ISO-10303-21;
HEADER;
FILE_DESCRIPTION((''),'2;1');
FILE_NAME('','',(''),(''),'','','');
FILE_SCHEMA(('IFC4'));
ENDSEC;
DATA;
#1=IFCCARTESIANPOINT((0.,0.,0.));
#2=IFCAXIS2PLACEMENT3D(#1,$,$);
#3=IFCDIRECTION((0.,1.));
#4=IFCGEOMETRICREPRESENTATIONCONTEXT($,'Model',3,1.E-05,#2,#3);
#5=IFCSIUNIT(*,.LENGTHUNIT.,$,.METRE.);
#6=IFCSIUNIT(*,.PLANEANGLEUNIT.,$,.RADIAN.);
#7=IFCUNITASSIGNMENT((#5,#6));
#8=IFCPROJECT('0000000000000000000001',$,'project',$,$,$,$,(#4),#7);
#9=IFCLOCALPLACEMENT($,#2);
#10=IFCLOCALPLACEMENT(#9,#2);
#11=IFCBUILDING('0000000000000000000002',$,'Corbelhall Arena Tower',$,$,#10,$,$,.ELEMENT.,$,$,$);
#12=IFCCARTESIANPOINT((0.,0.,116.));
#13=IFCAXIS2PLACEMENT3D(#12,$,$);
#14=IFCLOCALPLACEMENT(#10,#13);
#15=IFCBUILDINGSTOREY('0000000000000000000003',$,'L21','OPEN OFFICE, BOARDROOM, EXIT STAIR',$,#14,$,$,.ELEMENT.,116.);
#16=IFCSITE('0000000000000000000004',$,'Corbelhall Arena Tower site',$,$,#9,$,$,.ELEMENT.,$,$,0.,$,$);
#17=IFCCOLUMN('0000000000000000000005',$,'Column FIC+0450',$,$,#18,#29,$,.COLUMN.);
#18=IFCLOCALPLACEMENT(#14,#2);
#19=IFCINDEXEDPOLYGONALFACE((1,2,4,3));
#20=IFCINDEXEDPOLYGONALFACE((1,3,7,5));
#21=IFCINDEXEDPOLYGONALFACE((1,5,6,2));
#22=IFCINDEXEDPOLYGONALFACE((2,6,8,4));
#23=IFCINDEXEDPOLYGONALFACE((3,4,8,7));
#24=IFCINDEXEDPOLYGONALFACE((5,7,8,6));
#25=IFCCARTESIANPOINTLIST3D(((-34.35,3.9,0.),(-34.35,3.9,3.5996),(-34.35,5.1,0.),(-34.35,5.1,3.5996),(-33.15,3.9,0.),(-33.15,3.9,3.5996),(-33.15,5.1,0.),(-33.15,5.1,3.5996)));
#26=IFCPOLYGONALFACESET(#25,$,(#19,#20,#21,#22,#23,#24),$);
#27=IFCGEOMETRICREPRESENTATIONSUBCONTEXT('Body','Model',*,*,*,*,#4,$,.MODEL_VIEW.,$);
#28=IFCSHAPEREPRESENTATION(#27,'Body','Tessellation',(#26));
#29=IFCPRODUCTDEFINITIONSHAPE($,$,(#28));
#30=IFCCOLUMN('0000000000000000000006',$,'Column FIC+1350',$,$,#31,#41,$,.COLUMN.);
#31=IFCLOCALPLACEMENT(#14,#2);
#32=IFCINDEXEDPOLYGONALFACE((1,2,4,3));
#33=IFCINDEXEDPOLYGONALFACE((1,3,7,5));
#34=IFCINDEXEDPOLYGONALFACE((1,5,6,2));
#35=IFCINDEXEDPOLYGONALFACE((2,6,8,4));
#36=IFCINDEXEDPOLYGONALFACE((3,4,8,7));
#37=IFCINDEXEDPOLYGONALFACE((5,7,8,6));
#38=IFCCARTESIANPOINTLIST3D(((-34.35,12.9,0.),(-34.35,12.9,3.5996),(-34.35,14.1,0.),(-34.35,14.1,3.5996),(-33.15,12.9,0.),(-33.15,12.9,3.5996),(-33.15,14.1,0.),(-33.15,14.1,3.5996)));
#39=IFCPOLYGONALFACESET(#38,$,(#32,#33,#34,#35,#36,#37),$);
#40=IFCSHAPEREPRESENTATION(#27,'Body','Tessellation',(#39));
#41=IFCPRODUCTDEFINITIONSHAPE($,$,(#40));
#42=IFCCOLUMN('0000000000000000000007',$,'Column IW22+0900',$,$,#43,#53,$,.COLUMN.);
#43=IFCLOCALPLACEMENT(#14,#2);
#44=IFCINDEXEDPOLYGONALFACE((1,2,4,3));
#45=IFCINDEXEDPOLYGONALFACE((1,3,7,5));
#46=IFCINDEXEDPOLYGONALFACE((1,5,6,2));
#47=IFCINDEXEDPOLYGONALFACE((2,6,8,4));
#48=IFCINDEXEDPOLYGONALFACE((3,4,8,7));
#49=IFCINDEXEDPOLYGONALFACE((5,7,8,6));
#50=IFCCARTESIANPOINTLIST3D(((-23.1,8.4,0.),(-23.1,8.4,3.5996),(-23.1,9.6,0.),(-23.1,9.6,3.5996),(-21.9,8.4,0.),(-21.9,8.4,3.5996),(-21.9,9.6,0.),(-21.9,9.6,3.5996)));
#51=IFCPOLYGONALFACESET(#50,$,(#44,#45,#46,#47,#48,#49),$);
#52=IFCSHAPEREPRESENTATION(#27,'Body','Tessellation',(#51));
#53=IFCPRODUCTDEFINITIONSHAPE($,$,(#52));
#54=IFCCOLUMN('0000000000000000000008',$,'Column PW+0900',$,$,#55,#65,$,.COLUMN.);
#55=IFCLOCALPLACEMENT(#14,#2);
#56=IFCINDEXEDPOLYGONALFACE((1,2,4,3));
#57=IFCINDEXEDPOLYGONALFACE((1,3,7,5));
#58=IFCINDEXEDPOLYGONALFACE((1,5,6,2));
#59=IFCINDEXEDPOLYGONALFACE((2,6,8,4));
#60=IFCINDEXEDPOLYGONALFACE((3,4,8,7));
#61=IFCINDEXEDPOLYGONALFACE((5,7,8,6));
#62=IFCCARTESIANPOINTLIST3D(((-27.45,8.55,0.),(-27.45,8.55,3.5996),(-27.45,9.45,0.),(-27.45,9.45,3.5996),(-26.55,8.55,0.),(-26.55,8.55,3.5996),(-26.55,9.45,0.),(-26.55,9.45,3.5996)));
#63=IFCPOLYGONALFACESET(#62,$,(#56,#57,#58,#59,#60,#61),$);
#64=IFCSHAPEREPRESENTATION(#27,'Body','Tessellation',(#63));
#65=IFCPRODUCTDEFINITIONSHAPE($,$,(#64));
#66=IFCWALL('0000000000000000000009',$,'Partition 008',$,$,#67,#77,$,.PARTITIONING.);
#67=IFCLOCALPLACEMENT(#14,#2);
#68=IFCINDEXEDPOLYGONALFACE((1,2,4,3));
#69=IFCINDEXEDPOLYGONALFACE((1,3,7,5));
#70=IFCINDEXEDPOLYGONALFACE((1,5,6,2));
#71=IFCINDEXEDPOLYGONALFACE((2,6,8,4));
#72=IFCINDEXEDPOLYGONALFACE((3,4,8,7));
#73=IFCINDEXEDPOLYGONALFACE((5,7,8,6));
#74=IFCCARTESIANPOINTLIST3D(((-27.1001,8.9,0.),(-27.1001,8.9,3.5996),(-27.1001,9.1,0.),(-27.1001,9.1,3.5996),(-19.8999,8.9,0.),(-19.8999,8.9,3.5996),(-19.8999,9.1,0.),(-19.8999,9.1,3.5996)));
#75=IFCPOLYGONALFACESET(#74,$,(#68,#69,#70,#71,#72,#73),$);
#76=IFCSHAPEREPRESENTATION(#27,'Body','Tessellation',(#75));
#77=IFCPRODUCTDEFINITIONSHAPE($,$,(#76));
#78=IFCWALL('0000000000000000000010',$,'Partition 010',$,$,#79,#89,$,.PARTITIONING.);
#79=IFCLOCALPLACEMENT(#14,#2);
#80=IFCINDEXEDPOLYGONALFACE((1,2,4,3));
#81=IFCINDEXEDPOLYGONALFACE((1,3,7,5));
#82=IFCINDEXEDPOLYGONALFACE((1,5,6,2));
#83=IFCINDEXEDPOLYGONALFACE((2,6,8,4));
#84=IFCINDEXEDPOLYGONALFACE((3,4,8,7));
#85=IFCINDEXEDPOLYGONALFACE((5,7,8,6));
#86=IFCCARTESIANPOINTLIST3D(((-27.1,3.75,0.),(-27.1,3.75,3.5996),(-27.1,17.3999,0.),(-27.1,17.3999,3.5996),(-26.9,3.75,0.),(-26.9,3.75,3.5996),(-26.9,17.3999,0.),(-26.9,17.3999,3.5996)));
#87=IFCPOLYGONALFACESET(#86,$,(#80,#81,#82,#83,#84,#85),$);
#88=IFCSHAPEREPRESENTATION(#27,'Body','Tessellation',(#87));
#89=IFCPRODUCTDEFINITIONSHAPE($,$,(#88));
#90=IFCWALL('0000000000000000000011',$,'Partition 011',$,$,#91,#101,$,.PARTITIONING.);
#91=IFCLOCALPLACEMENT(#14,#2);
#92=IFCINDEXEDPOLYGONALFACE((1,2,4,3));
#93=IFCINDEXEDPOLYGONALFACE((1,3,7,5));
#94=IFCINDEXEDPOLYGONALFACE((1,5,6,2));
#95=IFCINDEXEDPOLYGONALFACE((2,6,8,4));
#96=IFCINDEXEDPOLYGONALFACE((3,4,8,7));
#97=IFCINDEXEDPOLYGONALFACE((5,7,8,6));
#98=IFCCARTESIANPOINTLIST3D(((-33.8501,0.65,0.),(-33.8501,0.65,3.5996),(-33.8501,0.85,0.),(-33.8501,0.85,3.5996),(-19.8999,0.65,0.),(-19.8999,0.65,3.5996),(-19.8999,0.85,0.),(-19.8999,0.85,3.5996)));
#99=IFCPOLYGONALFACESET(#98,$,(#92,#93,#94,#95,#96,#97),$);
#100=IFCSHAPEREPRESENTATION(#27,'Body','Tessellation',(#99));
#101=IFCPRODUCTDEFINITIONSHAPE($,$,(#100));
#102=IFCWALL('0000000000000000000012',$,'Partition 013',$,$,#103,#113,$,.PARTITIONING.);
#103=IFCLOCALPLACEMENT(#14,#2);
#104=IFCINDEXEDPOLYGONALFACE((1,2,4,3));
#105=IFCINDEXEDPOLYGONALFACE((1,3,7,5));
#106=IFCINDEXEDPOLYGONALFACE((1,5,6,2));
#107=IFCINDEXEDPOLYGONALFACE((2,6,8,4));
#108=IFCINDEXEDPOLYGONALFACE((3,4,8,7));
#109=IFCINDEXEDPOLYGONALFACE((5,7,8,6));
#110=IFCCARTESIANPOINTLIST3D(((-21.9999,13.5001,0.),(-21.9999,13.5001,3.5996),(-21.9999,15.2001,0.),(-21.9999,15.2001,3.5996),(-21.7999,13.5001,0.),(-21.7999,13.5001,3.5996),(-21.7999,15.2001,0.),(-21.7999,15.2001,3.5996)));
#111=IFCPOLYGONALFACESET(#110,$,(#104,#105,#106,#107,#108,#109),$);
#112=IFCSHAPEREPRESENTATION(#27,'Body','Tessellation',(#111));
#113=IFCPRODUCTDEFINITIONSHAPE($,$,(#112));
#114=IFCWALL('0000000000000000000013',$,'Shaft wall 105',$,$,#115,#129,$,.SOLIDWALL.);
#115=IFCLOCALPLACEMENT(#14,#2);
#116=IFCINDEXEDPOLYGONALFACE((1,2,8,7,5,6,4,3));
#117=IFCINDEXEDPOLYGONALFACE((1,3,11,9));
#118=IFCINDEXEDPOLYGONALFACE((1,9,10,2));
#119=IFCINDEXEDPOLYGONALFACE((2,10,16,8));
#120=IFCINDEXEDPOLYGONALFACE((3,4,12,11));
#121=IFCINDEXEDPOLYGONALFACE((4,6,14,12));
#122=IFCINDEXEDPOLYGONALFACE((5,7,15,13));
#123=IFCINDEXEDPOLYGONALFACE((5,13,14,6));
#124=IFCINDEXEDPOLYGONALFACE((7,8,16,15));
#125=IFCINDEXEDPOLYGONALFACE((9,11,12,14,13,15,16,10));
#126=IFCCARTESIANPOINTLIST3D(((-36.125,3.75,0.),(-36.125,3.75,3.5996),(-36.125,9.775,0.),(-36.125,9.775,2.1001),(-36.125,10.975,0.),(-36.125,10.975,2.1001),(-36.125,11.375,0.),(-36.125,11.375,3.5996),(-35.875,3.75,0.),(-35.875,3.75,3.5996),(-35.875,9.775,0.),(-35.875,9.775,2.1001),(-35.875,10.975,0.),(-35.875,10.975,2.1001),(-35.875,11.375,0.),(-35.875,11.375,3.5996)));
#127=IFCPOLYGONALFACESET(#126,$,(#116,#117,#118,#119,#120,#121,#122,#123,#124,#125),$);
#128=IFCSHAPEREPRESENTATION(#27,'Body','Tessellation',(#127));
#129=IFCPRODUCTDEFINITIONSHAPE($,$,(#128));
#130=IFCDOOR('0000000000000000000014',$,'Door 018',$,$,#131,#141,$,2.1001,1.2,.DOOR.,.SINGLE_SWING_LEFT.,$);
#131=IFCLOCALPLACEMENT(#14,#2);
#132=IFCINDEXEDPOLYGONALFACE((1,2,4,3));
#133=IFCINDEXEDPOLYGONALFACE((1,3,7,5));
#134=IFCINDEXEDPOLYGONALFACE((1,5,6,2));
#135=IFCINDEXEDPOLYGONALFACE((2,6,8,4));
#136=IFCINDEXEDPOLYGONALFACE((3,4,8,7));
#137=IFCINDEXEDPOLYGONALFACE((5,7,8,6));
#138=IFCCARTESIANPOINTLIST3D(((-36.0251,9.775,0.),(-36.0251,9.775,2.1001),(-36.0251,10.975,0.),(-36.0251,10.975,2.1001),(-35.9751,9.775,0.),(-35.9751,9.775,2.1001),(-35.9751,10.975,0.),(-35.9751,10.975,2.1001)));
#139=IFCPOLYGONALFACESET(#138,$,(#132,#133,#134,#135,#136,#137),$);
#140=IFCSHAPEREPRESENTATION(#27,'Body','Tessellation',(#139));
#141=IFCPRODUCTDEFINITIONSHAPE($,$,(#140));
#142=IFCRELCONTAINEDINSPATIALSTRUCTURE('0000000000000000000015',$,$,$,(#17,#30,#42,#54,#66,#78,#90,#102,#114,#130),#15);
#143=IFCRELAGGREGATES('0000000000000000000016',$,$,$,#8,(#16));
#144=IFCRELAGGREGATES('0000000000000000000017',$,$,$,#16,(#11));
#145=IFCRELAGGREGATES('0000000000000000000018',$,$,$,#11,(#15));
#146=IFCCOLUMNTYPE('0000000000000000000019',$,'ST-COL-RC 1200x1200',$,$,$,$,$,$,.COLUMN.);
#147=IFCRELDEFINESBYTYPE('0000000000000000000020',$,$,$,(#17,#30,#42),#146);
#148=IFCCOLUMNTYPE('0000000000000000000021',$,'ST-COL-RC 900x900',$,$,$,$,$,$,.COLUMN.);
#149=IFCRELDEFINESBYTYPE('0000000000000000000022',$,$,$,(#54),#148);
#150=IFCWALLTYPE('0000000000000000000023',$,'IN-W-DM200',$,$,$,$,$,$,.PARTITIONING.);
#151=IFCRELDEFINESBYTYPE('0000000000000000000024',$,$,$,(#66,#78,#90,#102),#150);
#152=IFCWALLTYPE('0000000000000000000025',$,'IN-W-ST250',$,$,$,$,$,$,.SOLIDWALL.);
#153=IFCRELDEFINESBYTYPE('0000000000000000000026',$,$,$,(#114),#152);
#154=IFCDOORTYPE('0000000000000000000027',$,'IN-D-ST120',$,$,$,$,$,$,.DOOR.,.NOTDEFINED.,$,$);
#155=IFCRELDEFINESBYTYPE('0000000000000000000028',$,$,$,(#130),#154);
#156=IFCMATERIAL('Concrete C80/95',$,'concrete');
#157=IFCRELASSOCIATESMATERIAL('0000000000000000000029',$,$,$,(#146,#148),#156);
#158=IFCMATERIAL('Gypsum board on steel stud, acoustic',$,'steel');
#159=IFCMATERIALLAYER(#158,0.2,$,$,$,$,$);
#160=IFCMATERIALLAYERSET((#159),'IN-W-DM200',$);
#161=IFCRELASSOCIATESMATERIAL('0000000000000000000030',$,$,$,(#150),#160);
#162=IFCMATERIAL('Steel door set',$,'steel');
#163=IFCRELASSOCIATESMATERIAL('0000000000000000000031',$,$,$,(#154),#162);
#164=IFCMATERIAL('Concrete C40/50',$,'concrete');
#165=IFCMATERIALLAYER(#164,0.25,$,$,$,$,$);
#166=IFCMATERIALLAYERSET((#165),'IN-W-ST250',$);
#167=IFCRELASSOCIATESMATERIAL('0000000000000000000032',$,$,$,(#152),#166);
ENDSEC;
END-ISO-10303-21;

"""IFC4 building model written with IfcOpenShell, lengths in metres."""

from ifc_helpers import new_model, si_unit, direction, frame, frame_2d, origin, origin_2d, place, context, subcontext, project, spatial, rectangle, extrude, material, layer, layer_set, material_profile, profile_set, type_object, element, fill, save


model = new_model("IFC4")

# Units and contexts
model_context = context("Model", 3, precision=1e-05, world=origin(), true_north=direction((0.0, 1.0)))
body_context = subcontext(model_context, "Body", "Model", "MODEL_VIEW")
ifc_project = project(units=[si_unit("LENGTHUNIT", "METRE"), si_unit("PLANEANGLEUNIT", "RADIAN")], contexts=[model_context])

# Site, building, storey
site_placement = place(None, origin())
site = spatial("IfcSite", under=ifc_project, at=site_placement, Name="Corbelhall Arena Tower site", CompositionType="ELEMENT", RefElevation=0.0)
building_placement = place(site_placement, origin())
building = spatial("IfcBuilding", under=site, at=building_placement, Name="Corbelhall Arena Tower", CompositionType="ELEMENT")
storey_placement = place(building_placement, frame((0.0, 0.0, 116.0)))
storey = spatial("IfcBuildingStorey", under=building, at=storey_placement, Name="L21", Description="OPEN OFFICE, BOARDROOM, EXIT STAIR", CompositionType="ELEMENT", Elevation=116.0)

# Columns
ifc_material_1 = material(Name="Concrete C80/95", Category="concrete")
ifc_material_profile_1 = material_profile(ifc_material_1, rectangle(XDim=1.2, YDim=1.2, at=origin_2d()))
ifc_profile_set_1 = profile_set([ifc_material_profile_1], Name="Concrete C80/95")
column_type_1 = type_object("IfcColumnType", Name="ST-COL-RC 1200x1200", PredefinedType="COLUMN", material=ifc_profile_set_1)
for number, where, z_axis, x_axis, name in (
    (1, (-33.75, 4.5, 0.0), (0.0, 0.0, 1.0), (1.0, 0.0, 0.0), "Column FIC+0450"),
    (2, (-33.75, 13.5, 0.0), (0.0, 0.0, 1.0), (1.0, 0.0, 0.0), "Column FIC+1350"),
    (3, (-22.5, 9.0, 0.0), (0.0, 0.0, 1.0), (1.0, 0.0, 0.0), "Column IW22+0900"),
):
    element("IfcColumn", number, at=place(storey_placement, frame(where, z_axis=z_axis, x_axis=x_axis)), inside=storey, type_object=column_type_1, Name=name, PredefinedType="COLUMN", context=body_context, shape_type="SweptSolid", body=[
        extrude(rectangle(XDim=1.2, YDim=1.2, at=origin_2d()), origin(), (0.0, 0.0, 1.0), 3.5996),
    ])
ifc_material_profile_2 = material_profile(ifc_material_1, rectangle(XDim=0.8999, YDim=0.8999, at=origin_2d()))
ifc_profile_set_2 = profile_set([ifc_material_profile_2], Name="Concrete C80/95")
column_type_2 = type_object("IfcColumnType", Name="ST-COL-RC 900x900", PredefinedType="COLUMN", material=ifc_profile_set_2)
column_placement = place(storey_placement, frame((-27.0, 9.0, 0.0), z_axis=(0.0, 0.0, 1.0), x_axis=(1.0, 0.0, 0.0)))
element("IfcColumn", 4, at=column_placement, inside=storey, type_object=column_type_2, Name="Column PW+0900", PredefinedType="COLUMN", context=body_context, shape_type="SweptSolid", body=[
    extrude(rectangle(XDim=0.8999, YDim=0.8999, at=origin_2d()), origin(), (0.0, 0.0, 1.0), 3.5996),
])

# Shared definitions
ifc_material_2 = material(Name="Gypsum board on steel stud, acoustic", Category="steel")
ifc_layer_1 = layer(ifc_material_2, 0.2)
ifc_layer_set_1 = layer_set([ifc_layer_1], Name="IN-W-DM200")
wall_type_1 = type_object("IfcWallType", Name="IN-W-DM200", PredefinedType="PARTITIONING", material=ifc_layer_set_1)
ifc_material_3 = material(Name="Steel door set", Category="steel")

# Walls
wall_1_placement = place(storey_placement, frame((-27.1001, 9.0, 0.0), z_axis=(0.0, 0.0, 1.0), x_axis=(1.0, 0.0, 0.0)))
element("IfcWall", 5, at=wall_1_placement, inside=storey, type_object=wall_type_1, Name="Partition 008", PredefinedType="PARTITIONING", context=body_context, shape_type="SweptSolid", body=[
    extrude(rectangle(XDim=7.2002, YDim=0.2, at=frame_2d((3.6001, 0.0))), origin(), (0.0, 0.0, 1.0), 3.5996),
])
wall_2_placement = place(storey_placement, frame((-27.0, 3.75, 0.0), z_axis=(0.0, 0.0, 1.0), x_axis=(0.0, 1.0, 0.0)))
element("IfcWall", 6, at=wall_2_placement, inside=storey, type_object=wall_type_1, Name="Partition 010", PredefinedType="PARTITIONING", context=body_context, shape_type="SweptSolid", body=[
    extrude(rectangle(XDim=13.6499, YDim=0.2, at=frame_2d((6.825, 0.0))), origin(), (0.0, 0.0, 1.0), 3.5996),
])
wall_3_placement = place(storey_placement, frame((-19.8999, 0.75, 0.0), z_axis=(0.0, 0.0, 1.0), x_axis=(-1.0, 0.0, 0.0)))
element("IfcWall", 7, at=wall_3_placement, inside=storey, type_object=wall_type_1, Name="Partition 011", PredefinedType="PARTITIONING", context=body_context, shape_type="SweptSolid", body=[
    extrude(rectangle(XDim=13.9502, YDim=0.2, at=frame_2d((6.9751, 0.0))), origin(), (0.0, 0.0, 1.0), 3.5996),
])
wall_4_placement = place(storey_placement, frame((-21.8999, 13.5, 0.0), z_axis=(0.0, 0.0, 1.0), x_axis=(0.0, 1.0, 0.0)))
element("IfcWall", 8, at=wall_4_placement, inside=storey, type_object=wall_type_1, Name="Partition 013", PredefinedType="PARTITIONING", context=body_context, shape_type="SweptSolid", body=[
    extrude(rectangle(XDim=1.7, YDim=0.2, at=frame_2d((0.8501, 0.0))), origin(), (0.0, 0.0, 1.0), 3.5996),
])

# Wall, opening, door
ifc_material_4 = material(Name="Concrete C40/50", Category="concrete")
door_type_1 = type_object("IfcDoorType", Name="IN-D-ST120", OperationType="NOTDEFINED", PredefinedType="DOOR", material=ifc_material_3)
ifc_layer_2 = layer(ifc_material_4, 0.25)
ifc_layer_set_2 = layer_set([ifc_layer_2], Name="IN-W-ST250")
wall_type_2 = type_object("IfcWallType", Name="IN-W-ST250", PredefinedType="SOLIDWALL", material=ifc_layer_set_2)
wall_5_placement = place(storey_placement, frame((-36.0, 11.375, 0.0), z_axis=(0.0, 0.0, 1.0), x_axis=(0.0, -1.0, 0.0)))
wall_5 = element("IfcWall", 9, at=wall_5_placement, inside=storey, type_object=wall_type_2, Name="Shaft wall 105", PredefinedType="SOLIDWALL", context=body_context, shape_type="SweptSolid", body=[
    extrude(rectangle(XDim=7.625, YDim=0.25, at=frame_2d((3.8125, 0.0))), origin(), (0.0, 0.0, 1.0), 3.5996),
])
opening_1_placement = place(wall_5_placement, frame((0.3999, 0.0, 0.0)))
opening_1 = element("IfcOpeningElement", 10, at=opening_1_placement, cuts=wall_5, PredefinedType="OPENING", context=body_context, shape_type="SweptSolid", body=[
    extrude(rectangle(XDim=1.2, YDim=2.1001, at=frame_2d((0.6001, 1.05))), frame((0.0, 0.125, 0.0), z_axis=(0.0, -1.0, 0.0), x_axis=(1.0, 0.0, 0.0)), (0.0, 0.0, 1.0), 0.25),
])
door_1_placement = place(opening_1_placement, origin())
door_1 = element("IfcDoor", 11, at=door_1_placement, inside=storey, type_object=door_type_1, Name="Door 018", OperationType="SINGLE_SWING_LEFT", OverallHeight=2.1001, OverallWidth=1.2, PredefinedType="DOOR", context=body_context, shape_type="SweptSolid", body=[
    extrude(rectangle(XDim=1.2, YDim=2.1001, at=frame_2d((0.6001, 1.05))), frame((0.0, 0.0249, 0.0), z_axis=(0.0, -1.0, 0.0), x_axis=(1.0, 0.0, 0.0)), (0.0, 0.0, 1.0), 0.05),
])
fill(opening_1, door_1)

save(model, "model.ifc")
